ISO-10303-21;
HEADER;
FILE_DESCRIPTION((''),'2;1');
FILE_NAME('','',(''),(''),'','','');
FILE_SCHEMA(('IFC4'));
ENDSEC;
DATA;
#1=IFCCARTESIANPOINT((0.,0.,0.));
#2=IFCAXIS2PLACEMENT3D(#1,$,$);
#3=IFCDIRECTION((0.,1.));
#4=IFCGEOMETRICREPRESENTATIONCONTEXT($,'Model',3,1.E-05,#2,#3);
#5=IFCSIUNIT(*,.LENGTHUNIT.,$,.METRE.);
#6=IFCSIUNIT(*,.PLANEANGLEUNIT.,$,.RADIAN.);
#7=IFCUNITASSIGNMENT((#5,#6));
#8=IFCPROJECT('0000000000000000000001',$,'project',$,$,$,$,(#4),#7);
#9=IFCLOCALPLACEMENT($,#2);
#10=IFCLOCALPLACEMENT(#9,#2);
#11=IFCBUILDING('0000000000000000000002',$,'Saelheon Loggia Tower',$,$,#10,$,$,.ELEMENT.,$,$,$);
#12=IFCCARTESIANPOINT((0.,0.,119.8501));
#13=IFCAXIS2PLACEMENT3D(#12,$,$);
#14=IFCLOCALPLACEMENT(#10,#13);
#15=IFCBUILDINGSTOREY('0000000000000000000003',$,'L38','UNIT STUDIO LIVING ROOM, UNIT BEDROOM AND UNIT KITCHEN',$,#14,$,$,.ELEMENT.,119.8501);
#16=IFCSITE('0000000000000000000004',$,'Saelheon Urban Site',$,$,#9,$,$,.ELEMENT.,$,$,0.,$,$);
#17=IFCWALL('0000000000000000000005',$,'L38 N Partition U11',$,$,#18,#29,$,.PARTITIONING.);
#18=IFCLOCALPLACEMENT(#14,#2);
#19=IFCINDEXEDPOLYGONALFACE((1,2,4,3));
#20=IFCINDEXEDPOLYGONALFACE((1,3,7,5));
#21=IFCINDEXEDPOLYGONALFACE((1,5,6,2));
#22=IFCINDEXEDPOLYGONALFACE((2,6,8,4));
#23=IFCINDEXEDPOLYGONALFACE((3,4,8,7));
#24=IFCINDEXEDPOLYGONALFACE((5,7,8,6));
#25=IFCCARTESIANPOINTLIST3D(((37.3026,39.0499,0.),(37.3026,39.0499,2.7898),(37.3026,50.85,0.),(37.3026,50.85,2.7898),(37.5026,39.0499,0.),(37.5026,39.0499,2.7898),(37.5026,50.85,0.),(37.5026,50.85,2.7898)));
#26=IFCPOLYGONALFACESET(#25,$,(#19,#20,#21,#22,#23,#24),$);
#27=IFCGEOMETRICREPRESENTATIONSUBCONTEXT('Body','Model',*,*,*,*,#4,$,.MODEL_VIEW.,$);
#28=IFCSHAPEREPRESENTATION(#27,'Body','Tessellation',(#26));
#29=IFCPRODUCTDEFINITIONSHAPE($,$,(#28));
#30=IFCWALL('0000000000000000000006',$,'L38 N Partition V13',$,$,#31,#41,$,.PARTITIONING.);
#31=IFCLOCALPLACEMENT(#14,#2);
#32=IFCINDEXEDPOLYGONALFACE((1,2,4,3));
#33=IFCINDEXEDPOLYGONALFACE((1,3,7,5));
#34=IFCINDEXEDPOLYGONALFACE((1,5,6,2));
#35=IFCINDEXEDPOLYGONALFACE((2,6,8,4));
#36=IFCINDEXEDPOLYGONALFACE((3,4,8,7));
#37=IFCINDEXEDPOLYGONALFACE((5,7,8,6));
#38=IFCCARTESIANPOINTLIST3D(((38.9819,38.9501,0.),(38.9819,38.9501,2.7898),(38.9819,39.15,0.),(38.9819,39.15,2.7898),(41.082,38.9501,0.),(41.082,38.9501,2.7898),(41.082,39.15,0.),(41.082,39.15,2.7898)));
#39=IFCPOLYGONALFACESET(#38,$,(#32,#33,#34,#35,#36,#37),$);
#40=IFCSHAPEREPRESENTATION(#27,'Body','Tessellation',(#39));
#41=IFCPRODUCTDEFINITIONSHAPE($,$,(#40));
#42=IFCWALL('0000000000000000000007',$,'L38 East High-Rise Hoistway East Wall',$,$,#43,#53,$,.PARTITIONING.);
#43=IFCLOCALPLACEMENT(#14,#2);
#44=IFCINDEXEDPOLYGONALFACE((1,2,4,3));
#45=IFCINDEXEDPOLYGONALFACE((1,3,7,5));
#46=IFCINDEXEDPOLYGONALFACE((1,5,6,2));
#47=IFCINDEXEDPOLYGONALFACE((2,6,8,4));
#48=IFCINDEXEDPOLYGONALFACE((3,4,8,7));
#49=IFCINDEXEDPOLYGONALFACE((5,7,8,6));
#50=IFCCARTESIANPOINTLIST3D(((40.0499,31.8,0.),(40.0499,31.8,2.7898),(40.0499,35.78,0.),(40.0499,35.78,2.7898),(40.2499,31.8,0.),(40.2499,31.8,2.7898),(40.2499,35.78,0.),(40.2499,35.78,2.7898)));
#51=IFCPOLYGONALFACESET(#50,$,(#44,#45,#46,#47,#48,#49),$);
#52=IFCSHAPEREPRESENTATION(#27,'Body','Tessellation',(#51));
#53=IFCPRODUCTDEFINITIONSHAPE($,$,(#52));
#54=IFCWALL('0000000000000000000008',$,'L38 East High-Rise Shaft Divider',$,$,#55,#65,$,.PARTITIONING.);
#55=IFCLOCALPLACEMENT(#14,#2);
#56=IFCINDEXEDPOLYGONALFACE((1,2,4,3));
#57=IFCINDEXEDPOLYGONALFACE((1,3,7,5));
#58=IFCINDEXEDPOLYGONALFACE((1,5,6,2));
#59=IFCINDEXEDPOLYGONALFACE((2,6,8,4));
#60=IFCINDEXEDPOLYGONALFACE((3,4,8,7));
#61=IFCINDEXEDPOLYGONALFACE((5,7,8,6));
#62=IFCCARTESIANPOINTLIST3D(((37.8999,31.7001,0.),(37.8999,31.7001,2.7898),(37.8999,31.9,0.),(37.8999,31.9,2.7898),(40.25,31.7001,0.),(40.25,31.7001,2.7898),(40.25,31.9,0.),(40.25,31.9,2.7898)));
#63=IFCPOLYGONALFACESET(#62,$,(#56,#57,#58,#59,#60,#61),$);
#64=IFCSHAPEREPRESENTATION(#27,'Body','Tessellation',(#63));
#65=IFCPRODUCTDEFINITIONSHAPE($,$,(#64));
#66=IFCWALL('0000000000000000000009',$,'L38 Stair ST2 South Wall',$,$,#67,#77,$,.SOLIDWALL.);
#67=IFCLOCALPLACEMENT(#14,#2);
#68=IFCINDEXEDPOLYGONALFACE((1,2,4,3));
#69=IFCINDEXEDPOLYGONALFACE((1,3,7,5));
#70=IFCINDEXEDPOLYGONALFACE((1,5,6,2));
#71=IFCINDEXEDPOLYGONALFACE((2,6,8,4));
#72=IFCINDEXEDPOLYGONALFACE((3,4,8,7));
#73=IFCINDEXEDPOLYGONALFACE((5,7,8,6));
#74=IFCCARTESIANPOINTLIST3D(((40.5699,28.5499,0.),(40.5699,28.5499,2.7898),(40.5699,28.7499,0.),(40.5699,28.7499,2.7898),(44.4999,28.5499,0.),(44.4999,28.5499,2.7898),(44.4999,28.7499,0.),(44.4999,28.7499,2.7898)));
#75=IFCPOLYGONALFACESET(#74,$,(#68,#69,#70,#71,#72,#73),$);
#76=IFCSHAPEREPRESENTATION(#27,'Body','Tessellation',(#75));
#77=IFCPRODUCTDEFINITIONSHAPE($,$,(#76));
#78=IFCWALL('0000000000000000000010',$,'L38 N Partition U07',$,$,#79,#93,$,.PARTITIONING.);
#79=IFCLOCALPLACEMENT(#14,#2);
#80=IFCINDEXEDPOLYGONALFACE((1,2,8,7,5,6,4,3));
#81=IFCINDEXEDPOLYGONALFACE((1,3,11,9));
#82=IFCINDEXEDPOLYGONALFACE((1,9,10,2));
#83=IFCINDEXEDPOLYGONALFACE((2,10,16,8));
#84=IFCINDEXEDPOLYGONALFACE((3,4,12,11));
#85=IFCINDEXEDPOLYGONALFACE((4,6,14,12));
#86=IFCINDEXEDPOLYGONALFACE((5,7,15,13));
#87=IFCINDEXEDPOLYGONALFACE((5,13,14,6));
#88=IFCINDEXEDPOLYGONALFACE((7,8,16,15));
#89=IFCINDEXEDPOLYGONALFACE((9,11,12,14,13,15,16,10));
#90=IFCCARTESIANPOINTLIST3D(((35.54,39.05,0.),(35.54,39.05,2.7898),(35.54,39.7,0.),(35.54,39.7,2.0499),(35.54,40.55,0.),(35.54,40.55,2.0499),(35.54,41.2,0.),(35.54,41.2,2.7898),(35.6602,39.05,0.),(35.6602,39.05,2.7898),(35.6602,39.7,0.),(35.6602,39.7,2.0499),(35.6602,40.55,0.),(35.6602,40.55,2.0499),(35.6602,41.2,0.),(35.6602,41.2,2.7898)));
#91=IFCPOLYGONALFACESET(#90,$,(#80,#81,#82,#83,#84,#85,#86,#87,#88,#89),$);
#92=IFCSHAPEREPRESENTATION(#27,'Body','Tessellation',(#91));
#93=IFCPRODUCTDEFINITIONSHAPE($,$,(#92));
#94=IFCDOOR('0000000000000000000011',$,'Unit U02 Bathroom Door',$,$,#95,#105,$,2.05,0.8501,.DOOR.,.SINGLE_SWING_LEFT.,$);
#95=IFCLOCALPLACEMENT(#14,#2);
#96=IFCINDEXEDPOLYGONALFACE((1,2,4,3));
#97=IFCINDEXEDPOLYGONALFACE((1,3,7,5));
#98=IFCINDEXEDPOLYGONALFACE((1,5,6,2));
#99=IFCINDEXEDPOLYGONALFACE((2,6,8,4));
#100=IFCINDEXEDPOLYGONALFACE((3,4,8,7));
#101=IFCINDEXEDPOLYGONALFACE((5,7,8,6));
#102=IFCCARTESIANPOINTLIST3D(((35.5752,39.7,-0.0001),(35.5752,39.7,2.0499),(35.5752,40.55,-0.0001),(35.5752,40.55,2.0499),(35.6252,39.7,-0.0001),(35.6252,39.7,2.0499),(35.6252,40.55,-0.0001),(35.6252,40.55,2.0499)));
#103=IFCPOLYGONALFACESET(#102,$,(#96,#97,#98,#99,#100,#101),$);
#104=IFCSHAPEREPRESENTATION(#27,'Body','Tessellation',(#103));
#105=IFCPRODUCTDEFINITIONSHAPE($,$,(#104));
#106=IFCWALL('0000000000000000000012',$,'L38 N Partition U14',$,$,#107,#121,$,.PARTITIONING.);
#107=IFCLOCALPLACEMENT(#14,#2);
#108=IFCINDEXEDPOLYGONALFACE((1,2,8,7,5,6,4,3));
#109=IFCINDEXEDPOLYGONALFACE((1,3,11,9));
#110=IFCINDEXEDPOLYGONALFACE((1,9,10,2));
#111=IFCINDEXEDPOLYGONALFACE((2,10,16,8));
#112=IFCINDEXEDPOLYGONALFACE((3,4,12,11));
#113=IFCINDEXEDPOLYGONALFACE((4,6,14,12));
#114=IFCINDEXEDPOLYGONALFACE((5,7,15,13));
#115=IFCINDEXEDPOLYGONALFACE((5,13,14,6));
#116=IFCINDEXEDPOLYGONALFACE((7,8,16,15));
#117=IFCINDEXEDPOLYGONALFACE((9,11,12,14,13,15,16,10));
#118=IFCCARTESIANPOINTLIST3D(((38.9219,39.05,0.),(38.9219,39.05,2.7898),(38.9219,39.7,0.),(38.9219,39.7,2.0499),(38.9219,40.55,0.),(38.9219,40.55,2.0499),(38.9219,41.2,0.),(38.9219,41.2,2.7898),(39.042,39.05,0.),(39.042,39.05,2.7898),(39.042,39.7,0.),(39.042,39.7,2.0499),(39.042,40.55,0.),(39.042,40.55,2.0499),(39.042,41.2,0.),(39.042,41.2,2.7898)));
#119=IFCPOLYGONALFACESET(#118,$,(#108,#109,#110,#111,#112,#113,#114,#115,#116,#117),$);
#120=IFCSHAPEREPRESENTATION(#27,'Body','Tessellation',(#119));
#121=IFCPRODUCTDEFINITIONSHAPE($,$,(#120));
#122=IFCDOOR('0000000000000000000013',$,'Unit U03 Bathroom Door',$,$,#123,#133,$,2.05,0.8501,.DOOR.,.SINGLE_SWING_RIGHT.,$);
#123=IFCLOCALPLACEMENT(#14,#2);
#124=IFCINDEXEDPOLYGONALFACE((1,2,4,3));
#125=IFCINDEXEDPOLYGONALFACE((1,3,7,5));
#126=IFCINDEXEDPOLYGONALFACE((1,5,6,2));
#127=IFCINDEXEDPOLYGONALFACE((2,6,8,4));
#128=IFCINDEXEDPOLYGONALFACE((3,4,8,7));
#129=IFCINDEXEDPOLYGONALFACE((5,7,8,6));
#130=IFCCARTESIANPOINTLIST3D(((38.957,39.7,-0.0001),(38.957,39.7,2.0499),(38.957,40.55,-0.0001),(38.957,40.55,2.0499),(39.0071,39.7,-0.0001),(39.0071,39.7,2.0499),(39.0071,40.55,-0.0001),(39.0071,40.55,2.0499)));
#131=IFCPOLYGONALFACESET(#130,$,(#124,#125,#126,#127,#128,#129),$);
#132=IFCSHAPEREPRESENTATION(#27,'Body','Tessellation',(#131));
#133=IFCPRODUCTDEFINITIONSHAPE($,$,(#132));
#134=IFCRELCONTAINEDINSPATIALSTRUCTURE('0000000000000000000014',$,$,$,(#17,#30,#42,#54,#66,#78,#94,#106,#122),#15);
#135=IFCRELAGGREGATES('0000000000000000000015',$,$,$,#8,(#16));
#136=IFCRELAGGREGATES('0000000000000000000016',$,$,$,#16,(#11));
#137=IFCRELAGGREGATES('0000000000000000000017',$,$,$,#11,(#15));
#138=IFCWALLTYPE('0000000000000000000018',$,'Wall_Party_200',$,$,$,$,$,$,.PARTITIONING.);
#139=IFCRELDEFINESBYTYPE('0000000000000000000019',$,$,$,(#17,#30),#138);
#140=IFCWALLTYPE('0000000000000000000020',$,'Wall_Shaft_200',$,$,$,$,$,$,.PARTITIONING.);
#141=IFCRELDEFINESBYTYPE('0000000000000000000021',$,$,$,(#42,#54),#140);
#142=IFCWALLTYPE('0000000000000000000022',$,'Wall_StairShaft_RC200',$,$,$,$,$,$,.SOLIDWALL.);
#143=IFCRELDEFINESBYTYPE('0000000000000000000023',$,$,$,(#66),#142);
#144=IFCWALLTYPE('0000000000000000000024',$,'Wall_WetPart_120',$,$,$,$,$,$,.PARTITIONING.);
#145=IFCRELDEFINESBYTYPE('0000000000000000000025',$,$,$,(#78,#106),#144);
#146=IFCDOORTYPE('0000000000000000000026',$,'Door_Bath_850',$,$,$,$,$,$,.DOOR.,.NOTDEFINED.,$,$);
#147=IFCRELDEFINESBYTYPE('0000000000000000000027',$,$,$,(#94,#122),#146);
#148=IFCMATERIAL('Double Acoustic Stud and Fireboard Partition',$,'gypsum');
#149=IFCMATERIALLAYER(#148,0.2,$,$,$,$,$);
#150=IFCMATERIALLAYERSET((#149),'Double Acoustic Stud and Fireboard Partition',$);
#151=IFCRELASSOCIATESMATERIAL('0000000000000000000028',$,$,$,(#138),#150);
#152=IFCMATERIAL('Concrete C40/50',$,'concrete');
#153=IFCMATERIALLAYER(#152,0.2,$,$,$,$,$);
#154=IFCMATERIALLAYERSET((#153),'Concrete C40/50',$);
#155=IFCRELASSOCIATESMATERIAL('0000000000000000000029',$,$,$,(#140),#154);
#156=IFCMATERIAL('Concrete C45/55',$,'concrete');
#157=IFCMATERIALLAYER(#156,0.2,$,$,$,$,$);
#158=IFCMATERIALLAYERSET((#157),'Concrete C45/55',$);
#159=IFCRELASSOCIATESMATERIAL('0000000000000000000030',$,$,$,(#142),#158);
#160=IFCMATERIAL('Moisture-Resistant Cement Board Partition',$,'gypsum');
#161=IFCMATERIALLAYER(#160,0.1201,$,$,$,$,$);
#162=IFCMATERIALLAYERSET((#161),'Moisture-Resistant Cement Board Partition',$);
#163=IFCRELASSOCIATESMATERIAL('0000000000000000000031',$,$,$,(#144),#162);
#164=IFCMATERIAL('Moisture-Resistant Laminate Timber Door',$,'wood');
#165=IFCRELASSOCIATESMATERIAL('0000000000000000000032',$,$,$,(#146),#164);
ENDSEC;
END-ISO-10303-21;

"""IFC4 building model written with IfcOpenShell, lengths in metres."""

from ifc_helpers import new_model, si_unit, direction, frame, frame_2d, origin, place, context, subcontext, project, spatial, rectangle, extrude, source, transform, mapped, material, layer, layer_set, type_object, element, fill, save


model = new_model("IFC4")

# Units and contexts
model_context = context("Model", 3, precision=1e-05, world=origin(), true_north=direction((0.0, 1.0)))
body_context = subcontext(model_context, "Body", "Model", "MODEL_VIEW")
ifc_project = project(units=[si_unit("LENGTHUNIT", "METRE"), si_unit("PLANEANGLEUNIT", "RADIAN")], contexts=[model_context])

# Site, building, storey
site_placement = place(None, origin())
site = spatial("IfcSite", under=ifc_project, at=site_placement, Name="Saelheon Urban Site", CompositionType="ELEMENT", RefElevation=0.0)
building_placement = place(site_placement, origin())
building = spatial("IfcBuilding", under=site, at=building_placement, Name="Saelheon Loggia Tower", CompositionType="ELEMENT")
storey_placement = place(building_placement, frame((0.0, 0.0, 119.8501)))
storey = spatial("IfcBuildingStorey", under=building, at=storey_placement, Name="L38", Description="UNIT STUDIO LIVING ROOM, UNIT BEDROOM AND UNIT KITCHEN", CompositionType="ELEMENT", Elevation=119.8501)

# Shared definitions
ifc_material_1 = material(Name="Double Acoustic Stud and Fireboard Partition", Category="gypsum")
ifc_layer_1 = layer(ifc_material_1, 0.2)
ifc_layer_set_1 = layer_set([ifc_layer_1], Name="Double Acoustic Stud and Fireboard Partition")
wall_type_1 = type_object("IfcWallType", Name="Wall_Party_200", PredefinedType="PARTITIONING", material=ifc_layer_set_1)

# Wall
wall_1_placement = place(storey_placement, frame((37.4026, 39.05, 0.0), z_axis=(0.0, 0.0, 1.0), x_axis=(0.0, 1.0, 0.0)))
element("IfcWall", 1, at=wall_1_placement, inside=storey, type_object=wall_type_1, Name="L38 N Partition U11", PredefinedType="PARTITIONING", context=body_context, shape_type="SweptSolid", body=[
    extrude(rectangle(XDim=11.8, YDim=0.2, at=frame_2d((5.8999, 0.0))), origin(), (0.0, 0.0, 1.0), 2.7898),
])

# Walls
wall_2_placement = place(storey_placement, frame((38.9819, 39.05, 0.0), z_axis=(0.0, 0.0, 1.0), x_axis=(1.0, 0.0, 0.0)))
element("IfcWall", 2, at=wall_2_placement, inside=storey, type_object=wall_type_1, Name="L38 N Partition V13", PredefinedType="PARTITIONING", context=body_context, shape_type="SweptSolid", body=[
    extrude(rectangle(XDim=2.1001, YDim=0.2, at=frame_2d((1.05, 0.0))), origin(), (0.0, 0.0, 1.0), 2.7898),
])
ifc_material_2 = material(Name="Concrete C40/50", Category="concrete")
ifc_layer_2 = layer(ifc_material_2, 0.2)
ifc_layer_set_2 = layer_set([ifc_layer_2], Name="Concrete C40/50")
wall_type_2 = type_object("IfcWallType", Name="Wall_Shaft_200", PredefinedType="PARTITIONING", material=ifc_layer_set_2)
wall_3_placement = place(storey_placement, frame((40.1499, 31.8, 0.0), z_axis=(0.0, 0.0, 1.0), x_axis=(0.0, 1.0, 0.0)))
element("IfcWall", 3, at=wall_3_placement, inside=storey, type_object=wall_type_2, Name="L38 East High-Rise Hoistway East Wall", PredefinedType="PARTITIONING", context=body_context, shape_type="SweptSolid", body=[
    extrude(rectangle(XDim=3.98, YDim=0.2, at=frame_2d((1.99, 0.0))), origin(), (0.0, 0.0, 1.0), 2.7898),
])
wall_4_placement = place(storey_placement, frame((37.8999, 31.8, 0.0), z_axis=(0.0, 0.0, 1.0), x_axis=(1.0, 0.0, 0.0)))
element("IfcWall", 4, at=wall_4_placement, inside=storey, type_object=wall_type_2, Name="L38 East High-Rise Shaft Divider", PredefinedType="PARTITIONING", context=body_context, shape_type="SweptSolid", body=[
    extrude(rectangle(XDim=2.3501, YDim=0.2, at=frame_2d((1.175, 0.0))), origin(), (0.0, 0.0, 1.0), 2.7898),
])
ifc_material_3 = material(Name="Concrete C45/55", Category="concrete")
ifc_layer_3 = layer(ifc_material_3, 0.2)
ifc_layer_set_3 = layer_set([ifc_layer_3], Name="Concrete C45/55")
wall_type_3 = type_object("IfcWallType", Name="Wall_StairShaft_RC200", PredefinedType="SOLIDWALL", material=ifc_layer_set_3)
wall_5_placement = place(storey_placement, frame((40.5701, 28.6499, 0.0), z_axis=(0.0, 0.0, 1.0), x_axis=(1.0, 0.0, 0.0)))
element("IfcWall", 5, at=wall_5_placement, inside=storey, type_object=wall_type_3, Name="L38 Stair ST2 South Wall", PredefinedType="SOLIDWALL", context=body_context, shape_type="SweptSolid", body=[
    extrude(rectangle(XDim=3.9299, YDim=0.2, at=frame_2d((1.9648, 0.0))), origin(), (0.0, 0.0, 1.0), 2.7898),
])

# Walls, openings, doors
ifc_material_4 = material(Name="Moisture-Resistant Cement Board Partition", Category="gypsum")
ifc_layer_4 = layer(ifc_material_4, 0.1201)
ifc_layer_set_4 = layer_set([ifc_layer_4], Name="Moisture-Resistant Cement Board Partition")
wall_type_4 = type_object("IfcWallType", Name="Wall_WetPart_120", PredefinedType="PARTITIONING", material=ifc_layer_set_4)
wall_6_placement = place(storey_placement, frame((35.6001, 39.05, 0.0), z_axis=(0.0, 0.0, 1.0), x_axis=(0.0, 1.0, 0.0)))
wall_6 = element("IfcWall", 6, at=wall_6_placement, inside=storey, type_object=wall_type_4, Name="L38 N Partition U07", PredefinedType="PARTITIONING", context=body_context, shape_type="SweptSolid", body=[
    extrude(rectangle(XDim=2.1499, YDim=0.1201, at=frame_2d((1.075, 0.0))), origin(), (0.0, 0.0, 1.0), 2.7898),
])
opening_1_placement = place(wall_6_placement, frame((0.6499, 0.0, 0.0)))
opening_1 = element("IfcOpeningElement", 7, at=opening_1_placement, cuts=wall_6, PredefinedType="OPENING", context=body_context, shape_type="SweptSolid", body=[
    extrude(rectangle(XDim=0.8501, YDim=2.05, at=frame_2d((0.425, 1.0249))), frame((0.0, 0.072, 0.0), z_axis=(0.0, -1.0, 0.0), x_axis=(1.0, 0.0, 0.0)), (0.0, 0.0, 1.0), 0.144),
])
ifc_material_5 = material(Name="Moisture-Resistant Laminate Timber Door", Category="wood")
door_type_1 = type_object("IfcDoorType", Name="Door_Bath_850", OperationType="NOTDEFINED", PredefinedType="DOOR", material=ifc_material_5)
shared_shape_1 = source(origin(), body_context, "Body", "SweptSolid", [
    extrude(rectangle(XDim=0.8501, YDim=2.05, at=frame_2d((0.425, 1.0249))), frame((0.0, 0.0249, 0.0), z_axis=(0.0, -1.0, 0.0), x_axis=(1.0, 0.0, 0.0)), (0.0, 0.0, 1.0), 0.05),
])
door_1_placement = place(opening_1_placement, origin())
door_1 = element("IfcDoor", 8, at=door_1_placement, inside=storey, type_object=door_type_1, Name="Unit U02 Bathroom Door", OperationType="SINGLE_SWING_LEFT", OverallHeight=2.05, OverallWidth=0.8501, PredefinedType="DOOR", context=body_context, shape_type="MappedRepresentation", body=[
    mapped(shared_shape_1, transform((0.0, 0.0, 0.0), scale=1.0)),
])
fill(opening_1, door_1)
wall_7_placement = place(storey_placement, frame((38.9819, 39.05, 0.0), z_axis=(0.0, 0.0, 1.0), x_axis=(0.0, 1.0, 0.0)))
wall_7 = element("IfcWall", 9, at=wall_7_placement, inside=storey, type_object=wall_type_4, Name="L38 N Partition U14", PredefinedType="PARTITIONING", context=body_context, shape_type="SweptSolid", body=[
    extrude(rectangle(XDim=2.1499, YDim=0.1201, at=frame_2d((1.075, 0.0))), origin(), (0.0, 0.0, 1.0), 2.7898),
])
opening_2_placement = place(wall_7_placement, frame((0.6499, 0.0, 0.0)))
opening_2 = element("IfcOpeningElement", 10, at=opening_2_placement, cuts=wall_7, PredefinedType="OPENING", context=body_context, shape_type="SweptSolid", body=[
    extrude(rectangle(XDim=0.8501, YDim=2.05, at=frame_2d((0.425, 1.0249))), frame((0.0, 0.072, 0.0), z_axis=(0.0, -1.0, 0.0), x_axis=(1.0, 0.0, 0.0)), (0.0, 0.0, 1.0), 0.144),
])
door_2_placement = place(opening_2_placement, origin())
door_2 = element("IfcDoor", 11, at=door_2_placement, inside=storey, type_object=door_type_1, Name="Unit U03 Bathroom Door", OperationType="SINGLE_SWING_RIGHT", OverallHeight=2.05, OverallWidth=0.8501, PredefinedType="DOOR", context=body_context, shape_type="MappedRepresentation", body=[
    mapped(shared_shape_1, transform((0.0, 0.0, 0.0), scale=1.0)),
])
fill(opening_2, door_2)

save(model, "model.ifc")
